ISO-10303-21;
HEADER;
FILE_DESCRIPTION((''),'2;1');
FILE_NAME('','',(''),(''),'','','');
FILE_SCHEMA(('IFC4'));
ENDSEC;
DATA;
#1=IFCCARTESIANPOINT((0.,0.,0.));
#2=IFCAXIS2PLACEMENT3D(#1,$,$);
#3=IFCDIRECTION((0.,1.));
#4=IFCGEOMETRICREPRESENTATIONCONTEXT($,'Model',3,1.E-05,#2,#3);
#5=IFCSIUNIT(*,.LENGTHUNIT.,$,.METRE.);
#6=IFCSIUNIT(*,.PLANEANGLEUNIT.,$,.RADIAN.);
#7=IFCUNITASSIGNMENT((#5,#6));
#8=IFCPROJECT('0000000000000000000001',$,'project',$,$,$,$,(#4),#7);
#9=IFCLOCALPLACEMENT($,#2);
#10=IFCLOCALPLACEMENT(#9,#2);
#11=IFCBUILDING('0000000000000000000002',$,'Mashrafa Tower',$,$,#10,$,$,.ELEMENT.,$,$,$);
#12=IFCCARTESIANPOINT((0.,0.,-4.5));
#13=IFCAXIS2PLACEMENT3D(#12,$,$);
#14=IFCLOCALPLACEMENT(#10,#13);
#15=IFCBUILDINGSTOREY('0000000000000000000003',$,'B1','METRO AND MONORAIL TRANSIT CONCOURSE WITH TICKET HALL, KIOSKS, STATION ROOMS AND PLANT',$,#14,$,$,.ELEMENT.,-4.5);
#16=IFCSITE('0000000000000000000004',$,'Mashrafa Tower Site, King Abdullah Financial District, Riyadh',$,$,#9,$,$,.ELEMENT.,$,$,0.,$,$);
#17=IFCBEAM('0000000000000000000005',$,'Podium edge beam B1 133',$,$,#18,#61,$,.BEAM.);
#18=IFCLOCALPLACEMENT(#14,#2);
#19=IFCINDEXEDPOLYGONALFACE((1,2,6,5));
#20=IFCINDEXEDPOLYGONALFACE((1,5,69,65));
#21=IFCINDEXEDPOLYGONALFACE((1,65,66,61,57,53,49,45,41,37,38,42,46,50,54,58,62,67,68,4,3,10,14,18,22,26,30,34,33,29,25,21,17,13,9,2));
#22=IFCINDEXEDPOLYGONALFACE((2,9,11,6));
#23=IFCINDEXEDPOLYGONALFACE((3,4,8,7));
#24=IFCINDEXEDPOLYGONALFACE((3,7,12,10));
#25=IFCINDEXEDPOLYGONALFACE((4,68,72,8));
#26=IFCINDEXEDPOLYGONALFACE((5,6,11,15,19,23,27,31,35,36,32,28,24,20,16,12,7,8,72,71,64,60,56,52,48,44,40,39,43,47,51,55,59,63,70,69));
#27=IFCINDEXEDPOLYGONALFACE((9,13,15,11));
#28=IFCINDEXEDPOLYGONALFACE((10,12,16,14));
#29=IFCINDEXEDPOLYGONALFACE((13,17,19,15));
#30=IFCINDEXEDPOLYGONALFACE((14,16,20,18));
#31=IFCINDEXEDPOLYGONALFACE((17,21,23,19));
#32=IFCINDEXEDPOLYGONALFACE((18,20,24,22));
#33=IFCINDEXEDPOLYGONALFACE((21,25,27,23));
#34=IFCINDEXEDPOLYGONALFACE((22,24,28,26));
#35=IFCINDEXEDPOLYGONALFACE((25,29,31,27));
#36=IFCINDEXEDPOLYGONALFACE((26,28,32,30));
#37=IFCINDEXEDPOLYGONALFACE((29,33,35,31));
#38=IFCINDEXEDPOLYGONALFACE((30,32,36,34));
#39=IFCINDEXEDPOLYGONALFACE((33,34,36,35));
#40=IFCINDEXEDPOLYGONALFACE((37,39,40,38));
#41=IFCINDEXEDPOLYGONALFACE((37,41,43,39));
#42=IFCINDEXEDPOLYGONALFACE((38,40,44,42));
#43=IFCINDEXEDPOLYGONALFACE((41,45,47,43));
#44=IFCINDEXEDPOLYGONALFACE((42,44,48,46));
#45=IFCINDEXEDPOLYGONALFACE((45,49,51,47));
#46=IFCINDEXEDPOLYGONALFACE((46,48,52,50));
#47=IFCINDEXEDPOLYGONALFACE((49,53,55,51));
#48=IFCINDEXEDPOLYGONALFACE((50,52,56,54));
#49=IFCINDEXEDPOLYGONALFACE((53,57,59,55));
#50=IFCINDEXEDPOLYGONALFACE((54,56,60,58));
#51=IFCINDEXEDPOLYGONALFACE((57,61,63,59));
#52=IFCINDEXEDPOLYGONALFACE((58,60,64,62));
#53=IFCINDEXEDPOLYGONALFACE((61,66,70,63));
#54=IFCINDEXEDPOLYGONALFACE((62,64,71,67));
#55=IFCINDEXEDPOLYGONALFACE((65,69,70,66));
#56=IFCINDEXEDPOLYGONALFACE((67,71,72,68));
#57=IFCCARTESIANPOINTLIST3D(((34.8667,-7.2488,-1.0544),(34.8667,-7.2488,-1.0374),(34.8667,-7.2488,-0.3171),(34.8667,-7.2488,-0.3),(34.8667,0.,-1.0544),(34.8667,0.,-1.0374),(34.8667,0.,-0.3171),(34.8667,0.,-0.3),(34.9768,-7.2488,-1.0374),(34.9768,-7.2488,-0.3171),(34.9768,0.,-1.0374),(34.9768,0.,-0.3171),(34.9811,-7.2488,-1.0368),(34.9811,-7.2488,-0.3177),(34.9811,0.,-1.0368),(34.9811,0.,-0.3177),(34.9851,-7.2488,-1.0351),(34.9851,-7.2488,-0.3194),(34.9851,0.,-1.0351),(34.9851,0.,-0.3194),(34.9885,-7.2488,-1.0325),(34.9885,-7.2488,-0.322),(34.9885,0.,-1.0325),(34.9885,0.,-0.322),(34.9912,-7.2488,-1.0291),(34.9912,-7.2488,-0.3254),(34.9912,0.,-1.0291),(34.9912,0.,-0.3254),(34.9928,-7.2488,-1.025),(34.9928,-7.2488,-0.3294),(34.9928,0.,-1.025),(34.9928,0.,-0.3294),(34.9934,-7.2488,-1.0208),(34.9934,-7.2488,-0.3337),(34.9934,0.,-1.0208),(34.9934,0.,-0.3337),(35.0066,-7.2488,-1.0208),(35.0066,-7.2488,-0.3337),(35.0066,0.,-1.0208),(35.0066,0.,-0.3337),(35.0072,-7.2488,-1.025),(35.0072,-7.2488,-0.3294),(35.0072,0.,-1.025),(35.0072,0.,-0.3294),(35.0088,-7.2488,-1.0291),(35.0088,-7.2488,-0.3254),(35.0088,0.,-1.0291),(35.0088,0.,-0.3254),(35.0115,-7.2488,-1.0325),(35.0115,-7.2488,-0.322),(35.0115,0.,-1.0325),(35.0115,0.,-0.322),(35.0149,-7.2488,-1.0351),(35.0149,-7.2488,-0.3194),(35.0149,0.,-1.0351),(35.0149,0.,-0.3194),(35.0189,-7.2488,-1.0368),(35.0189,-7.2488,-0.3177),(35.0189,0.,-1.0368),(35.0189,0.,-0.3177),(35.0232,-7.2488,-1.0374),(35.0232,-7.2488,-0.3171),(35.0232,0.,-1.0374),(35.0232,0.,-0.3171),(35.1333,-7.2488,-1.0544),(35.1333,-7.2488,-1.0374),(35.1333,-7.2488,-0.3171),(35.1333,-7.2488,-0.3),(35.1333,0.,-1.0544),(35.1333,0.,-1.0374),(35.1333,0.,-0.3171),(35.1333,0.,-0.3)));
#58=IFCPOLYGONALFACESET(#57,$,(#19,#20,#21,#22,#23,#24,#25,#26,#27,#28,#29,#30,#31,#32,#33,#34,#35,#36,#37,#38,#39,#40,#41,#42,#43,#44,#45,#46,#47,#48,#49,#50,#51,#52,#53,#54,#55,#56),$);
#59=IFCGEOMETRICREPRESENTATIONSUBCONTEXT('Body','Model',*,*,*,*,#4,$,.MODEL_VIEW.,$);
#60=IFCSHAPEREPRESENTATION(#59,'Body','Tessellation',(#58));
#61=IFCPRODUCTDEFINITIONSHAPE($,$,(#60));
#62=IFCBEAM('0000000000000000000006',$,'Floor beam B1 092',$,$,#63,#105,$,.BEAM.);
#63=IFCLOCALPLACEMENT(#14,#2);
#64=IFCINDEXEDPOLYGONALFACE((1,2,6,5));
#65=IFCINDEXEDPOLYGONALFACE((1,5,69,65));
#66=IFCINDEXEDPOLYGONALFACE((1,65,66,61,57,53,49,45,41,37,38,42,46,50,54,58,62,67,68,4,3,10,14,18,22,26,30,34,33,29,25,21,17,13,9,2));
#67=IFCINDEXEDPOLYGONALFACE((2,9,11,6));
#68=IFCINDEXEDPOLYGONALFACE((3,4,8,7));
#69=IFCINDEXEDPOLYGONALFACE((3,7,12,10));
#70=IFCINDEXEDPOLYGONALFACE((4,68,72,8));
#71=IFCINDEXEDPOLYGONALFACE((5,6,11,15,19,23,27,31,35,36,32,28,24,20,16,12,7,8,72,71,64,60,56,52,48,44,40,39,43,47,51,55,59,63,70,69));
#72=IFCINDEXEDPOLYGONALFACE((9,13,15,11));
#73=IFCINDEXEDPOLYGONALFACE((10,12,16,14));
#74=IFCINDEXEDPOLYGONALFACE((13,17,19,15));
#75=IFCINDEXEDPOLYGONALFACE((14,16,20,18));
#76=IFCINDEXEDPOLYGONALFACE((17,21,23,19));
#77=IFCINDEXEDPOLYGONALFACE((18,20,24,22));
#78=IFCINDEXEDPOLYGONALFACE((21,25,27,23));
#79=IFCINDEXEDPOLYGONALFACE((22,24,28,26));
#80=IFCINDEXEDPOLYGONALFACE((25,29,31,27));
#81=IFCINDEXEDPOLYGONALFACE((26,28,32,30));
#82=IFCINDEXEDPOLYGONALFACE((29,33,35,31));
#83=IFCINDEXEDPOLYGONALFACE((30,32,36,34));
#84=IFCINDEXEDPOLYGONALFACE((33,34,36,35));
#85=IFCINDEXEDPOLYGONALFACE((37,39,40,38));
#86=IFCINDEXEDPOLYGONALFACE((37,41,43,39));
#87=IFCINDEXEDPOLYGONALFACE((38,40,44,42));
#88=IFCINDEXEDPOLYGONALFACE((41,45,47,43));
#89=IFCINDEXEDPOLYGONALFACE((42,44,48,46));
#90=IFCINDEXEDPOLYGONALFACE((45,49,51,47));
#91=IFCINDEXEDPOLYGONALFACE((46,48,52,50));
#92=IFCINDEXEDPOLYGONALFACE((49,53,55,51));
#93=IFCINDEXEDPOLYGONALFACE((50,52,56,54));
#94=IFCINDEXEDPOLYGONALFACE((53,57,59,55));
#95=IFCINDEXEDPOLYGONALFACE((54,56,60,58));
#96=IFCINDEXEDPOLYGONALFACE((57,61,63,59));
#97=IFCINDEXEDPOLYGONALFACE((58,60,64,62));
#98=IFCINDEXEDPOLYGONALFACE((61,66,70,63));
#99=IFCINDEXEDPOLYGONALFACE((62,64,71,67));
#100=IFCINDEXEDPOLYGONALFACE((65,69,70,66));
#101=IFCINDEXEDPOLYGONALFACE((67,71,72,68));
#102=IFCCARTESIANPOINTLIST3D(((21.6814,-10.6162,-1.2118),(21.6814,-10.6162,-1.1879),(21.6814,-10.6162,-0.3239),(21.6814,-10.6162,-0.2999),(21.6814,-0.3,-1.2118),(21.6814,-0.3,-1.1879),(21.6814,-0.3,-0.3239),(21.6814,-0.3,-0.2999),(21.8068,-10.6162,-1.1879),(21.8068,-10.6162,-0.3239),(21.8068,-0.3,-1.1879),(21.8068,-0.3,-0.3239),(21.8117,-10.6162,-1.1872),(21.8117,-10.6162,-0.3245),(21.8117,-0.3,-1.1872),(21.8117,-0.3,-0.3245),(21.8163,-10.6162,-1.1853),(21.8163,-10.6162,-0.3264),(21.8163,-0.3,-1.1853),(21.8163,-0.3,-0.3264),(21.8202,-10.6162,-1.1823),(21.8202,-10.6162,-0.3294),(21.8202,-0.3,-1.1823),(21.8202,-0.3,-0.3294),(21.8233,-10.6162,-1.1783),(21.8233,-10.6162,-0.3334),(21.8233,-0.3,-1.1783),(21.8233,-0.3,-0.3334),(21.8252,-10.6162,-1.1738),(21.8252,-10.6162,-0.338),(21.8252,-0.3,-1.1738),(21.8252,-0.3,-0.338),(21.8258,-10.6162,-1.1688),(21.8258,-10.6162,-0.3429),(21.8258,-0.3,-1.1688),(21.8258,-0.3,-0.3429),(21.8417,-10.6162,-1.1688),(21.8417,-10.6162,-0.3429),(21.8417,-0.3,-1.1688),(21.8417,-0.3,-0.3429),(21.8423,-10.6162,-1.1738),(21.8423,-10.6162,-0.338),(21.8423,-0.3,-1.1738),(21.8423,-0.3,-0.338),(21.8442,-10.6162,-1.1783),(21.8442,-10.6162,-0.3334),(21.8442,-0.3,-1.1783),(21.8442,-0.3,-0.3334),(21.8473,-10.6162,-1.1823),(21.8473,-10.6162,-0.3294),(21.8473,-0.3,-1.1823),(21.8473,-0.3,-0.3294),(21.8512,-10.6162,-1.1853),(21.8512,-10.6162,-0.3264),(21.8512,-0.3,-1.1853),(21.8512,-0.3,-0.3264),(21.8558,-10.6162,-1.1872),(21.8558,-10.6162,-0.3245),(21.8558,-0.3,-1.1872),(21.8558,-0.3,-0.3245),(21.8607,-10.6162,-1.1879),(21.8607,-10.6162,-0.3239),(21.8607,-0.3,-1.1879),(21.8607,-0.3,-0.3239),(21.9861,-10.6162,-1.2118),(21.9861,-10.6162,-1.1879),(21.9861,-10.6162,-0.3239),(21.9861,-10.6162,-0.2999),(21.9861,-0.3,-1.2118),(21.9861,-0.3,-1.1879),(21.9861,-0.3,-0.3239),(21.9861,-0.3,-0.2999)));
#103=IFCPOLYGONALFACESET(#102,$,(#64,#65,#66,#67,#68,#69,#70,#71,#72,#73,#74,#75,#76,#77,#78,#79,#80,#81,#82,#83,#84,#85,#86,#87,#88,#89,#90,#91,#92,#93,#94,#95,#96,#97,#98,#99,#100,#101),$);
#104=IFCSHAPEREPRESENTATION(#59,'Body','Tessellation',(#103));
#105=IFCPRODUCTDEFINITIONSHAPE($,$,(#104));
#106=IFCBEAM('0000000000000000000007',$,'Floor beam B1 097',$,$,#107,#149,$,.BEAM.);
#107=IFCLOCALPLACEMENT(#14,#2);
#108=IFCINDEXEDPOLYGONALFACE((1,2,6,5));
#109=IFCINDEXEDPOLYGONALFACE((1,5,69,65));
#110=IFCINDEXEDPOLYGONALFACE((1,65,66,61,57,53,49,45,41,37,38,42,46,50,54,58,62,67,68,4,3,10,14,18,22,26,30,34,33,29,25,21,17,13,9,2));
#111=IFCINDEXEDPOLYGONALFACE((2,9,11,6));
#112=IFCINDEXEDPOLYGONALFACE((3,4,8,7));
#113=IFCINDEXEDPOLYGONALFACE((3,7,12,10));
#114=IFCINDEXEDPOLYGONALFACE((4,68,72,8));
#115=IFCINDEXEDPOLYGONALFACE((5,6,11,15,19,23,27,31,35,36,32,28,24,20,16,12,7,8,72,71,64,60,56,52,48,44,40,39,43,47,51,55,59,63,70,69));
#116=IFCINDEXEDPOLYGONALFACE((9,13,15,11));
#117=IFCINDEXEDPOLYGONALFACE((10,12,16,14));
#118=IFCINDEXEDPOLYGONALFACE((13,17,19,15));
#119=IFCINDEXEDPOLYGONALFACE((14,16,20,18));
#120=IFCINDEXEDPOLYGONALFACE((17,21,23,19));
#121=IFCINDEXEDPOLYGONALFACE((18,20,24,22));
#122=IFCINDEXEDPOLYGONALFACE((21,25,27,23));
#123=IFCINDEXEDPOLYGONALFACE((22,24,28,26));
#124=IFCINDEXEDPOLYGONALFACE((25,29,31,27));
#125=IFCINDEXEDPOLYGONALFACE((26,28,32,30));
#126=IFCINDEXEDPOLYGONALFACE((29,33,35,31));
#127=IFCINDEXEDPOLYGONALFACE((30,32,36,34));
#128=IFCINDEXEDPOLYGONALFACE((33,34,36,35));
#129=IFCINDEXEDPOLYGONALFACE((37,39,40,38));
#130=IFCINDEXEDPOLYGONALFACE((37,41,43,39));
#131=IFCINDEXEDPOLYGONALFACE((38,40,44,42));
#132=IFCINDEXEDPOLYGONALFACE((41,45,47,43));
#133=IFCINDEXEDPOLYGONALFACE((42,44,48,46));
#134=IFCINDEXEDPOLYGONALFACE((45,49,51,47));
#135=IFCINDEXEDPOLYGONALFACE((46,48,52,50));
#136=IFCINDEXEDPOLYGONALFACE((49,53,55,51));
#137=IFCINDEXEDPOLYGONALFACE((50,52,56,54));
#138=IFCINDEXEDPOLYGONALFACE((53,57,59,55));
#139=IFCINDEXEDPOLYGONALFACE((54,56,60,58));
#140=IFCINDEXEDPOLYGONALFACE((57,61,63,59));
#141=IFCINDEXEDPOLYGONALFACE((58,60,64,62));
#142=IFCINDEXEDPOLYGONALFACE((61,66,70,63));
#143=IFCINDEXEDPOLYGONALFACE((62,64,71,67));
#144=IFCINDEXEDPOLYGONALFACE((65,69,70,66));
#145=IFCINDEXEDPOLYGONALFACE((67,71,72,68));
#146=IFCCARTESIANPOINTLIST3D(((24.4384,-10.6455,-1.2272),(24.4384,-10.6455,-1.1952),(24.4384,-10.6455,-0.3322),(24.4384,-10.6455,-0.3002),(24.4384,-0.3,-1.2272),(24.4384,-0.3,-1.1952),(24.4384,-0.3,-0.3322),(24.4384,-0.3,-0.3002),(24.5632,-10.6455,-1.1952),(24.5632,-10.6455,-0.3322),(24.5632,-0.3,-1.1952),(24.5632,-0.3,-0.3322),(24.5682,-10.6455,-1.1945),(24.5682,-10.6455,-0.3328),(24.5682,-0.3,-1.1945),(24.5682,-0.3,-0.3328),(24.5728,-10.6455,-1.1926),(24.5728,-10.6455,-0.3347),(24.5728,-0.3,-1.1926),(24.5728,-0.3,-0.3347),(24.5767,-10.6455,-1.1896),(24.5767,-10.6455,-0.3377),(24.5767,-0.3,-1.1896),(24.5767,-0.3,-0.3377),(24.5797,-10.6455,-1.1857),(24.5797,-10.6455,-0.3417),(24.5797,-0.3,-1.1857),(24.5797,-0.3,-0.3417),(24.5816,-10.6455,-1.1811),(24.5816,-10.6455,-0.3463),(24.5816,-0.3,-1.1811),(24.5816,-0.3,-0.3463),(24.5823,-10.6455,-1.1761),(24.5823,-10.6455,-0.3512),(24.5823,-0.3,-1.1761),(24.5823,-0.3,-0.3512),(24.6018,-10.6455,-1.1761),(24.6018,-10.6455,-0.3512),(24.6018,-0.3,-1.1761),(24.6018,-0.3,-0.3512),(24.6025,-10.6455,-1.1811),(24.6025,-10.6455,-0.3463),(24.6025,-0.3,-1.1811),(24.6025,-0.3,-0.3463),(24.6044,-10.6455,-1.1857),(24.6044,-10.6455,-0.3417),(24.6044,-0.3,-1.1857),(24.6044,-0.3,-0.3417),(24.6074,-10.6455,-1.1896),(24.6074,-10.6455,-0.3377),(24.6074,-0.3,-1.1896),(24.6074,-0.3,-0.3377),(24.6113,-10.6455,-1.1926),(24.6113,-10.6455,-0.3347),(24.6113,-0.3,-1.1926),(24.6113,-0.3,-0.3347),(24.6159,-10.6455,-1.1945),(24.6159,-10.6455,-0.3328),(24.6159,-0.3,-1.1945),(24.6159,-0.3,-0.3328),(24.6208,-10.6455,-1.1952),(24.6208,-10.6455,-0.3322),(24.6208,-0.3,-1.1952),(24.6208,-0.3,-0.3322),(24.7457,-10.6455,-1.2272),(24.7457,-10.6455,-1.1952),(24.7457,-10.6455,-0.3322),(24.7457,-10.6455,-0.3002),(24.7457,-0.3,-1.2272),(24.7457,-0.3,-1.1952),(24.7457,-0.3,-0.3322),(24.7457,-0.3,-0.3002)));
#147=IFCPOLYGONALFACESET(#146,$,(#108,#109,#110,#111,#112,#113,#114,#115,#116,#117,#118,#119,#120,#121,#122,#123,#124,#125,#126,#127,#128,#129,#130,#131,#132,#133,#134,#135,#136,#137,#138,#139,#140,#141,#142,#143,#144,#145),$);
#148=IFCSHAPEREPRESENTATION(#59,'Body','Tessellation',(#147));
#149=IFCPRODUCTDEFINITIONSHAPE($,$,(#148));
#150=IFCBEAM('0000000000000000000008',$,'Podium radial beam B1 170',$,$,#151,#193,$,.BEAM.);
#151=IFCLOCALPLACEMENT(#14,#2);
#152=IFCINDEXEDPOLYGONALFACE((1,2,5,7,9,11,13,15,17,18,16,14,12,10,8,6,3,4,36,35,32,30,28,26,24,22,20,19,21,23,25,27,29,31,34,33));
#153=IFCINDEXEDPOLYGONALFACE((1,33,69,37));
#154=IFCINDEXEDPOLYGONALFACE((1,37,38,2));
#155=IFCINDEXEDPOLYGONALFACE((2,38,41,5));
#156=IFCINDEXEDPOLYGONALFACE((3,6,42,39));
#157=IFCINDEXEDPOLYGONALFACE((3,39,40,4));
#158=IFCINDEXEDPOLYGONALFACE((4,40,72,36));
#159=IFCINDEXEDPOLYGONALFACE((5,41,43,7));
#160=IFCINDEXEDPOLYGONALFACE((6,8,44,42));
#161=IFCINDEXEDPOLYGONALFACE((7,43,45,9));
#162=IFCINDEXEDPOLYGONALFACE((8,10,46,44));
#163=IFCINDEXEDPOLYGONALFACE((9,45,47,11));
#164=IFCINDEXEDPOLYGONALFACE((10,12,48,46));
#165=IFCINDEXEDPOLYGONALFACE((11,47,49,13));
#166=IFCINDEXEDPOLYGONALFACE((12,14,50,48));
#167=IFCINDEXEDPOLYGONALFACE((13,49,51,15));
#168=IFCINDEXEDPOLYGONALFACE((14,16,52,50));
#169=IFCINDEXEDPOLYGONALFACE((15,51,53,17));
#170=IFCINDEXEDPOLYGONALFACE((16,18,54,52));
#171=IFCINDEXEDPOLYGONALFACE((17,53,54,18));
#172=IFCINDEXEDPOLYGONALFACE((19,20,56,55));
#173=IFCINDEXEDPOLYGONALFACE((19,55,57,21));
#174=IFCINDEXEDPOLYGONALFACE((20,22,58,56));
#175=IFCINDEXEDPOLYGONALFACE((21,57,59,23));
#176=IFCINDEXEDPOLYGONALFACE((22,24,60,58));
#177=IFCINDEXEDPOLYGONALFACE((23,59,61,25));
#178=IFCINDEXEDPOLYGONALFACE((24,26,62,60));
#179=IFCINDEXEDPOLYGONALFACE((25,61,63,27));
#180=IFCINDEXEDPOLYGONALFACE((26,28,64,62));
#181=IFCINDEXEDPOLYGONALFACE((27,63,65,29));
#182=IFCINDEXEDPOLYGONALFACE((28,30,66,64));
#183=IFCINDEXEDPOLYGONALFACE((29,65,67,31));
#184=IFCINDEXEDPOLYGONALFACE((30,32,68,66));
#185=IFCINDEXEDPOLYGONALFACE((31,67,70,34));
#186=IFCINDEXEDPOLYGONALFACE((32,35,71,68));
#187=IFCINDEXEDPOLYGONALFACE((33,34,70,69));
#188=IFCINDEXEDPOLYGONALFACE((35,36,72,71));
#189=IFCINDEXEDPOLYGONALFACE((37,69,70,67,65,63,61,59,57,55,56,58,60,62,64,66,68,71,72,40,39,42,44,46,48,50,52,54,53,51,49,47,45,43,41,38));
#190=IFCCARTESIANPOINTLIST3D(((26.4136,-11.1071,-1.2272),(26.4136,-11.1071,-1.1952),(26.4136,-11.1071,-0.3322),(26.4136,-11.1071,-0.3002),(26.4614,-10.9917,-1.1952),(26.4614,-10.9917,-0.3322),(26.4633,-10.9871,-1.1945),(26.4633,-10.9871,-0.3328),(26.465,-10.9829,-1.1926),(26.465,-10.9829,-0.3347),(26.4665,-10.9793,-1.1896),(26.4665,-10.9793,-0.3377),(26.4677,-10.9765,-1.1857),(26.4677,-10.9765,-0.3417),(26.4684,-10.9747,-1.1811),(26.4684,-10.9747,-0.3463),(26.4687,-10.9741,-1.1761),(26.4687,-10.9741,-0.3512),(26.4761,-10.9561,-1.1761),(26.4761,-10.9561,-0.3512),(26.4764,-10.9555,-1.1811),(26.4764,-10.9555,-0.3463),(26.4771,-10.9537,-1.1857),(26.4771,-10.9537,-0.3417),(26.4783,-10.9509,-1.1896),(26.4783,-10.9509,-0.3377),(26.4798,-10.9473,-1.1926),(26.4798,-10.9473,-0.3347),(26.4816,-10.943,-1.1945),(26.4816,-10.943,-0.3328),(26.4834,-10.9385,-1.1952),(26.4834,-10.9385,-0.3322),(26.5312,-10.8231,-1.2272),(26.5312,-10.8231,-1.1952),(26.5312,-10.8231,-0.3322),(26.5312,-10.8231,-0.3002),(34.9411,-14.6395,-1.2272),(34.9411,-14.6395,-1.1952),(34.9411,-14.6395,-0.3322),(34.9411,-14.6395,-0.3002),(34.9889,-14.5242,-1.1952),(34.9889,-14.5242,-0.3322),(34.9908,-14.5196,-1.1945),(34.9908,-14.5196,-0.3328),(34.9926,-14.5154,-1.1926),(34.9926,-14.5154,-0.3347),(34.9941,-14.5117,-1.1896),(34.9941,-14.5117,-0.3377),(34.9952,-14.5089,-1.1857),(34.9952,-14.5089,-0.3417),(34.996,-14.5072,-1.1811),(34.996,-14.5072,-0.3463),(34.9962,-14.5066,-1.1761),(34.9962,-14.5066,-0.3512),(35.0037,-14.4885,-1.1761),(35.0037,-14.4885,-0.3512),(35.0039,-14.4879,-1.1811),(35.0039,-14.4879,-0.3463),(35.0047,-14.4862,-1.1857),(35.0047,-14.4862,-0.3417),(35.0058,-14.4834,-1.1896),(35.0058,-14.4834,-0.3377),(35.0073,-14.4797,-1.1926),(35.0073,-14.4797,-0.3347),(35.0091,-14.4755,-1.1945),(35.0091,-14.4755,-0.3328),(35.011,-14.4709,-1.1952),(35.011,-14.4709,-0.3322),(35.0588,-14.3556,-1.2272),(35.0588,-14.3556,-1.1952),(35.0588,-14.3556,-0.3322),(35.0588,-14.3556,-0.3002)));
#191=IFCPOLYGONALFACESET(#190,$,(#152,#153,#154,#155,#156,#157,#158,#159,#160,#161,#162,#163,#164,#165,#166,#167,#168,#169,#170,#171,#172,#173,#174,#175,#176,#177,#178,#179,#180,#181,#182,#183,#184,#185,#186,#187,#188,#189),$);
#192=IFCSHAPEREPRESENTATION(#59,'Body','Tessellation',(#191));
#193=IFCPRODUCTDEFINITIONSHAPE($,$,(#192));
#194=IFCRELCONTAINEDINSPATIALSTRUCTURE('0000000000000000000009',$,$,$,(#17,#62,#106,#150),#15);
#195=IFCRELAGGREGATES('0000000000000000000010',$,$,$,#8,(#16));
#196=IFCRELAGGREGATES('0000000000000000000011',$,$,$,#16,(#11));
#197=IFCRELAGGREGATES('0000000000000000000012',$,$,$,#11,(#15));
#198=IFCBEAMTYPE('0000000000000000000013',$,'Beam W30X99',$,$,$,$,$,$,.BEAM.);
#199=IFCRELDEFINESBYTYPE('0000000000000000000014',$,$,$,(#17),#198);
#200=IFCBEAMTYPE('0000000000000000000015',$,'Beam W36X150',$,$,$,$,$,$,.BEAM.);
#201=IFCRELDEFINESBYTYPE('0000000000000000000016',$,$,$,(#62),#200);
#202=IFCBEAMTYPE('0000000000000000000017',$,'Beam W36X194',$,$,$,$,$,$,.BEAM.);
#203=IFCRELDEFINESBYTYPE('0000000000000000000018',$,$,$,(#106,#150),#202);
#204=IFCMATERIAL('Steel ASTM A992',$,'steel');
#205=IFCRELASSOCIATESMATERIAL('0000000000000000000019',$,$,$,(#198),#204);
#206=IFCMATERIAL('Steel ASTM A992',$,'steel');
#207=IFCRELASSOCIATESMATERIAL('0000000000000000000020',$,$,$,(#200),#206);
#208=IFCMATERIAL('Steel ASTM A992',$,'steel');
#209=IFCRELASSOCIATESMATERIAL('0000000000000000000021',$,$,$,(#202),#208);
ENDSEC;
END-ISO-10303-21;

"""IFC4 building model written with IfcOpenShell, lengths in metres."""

from ifc_helpers import new_model, si_unit, direction, frame, origin, origin_2d, place, context, subcontext, project, spatial, i_section, extrude, material, material_profile, profile_set, type_object, element, save


model = new_model("IFC4")

# Units and contexts
model_context = context("Model", 3, precision=1e-05, world=origin(), true_north=direction((0.0, 1.0)))
body_context = subcontext(model_context, "Body", "Model", "MODEL_VIEW")
ifc_project = project(units=[si_unit("LENGTHUNIT", "METRE"), si_unit("PLANEANGLEUNIT", "RADIAN")], contexts=[model_context])

# Site, building, storey
site_placement = place(None, origin())
site = spatial("IfcSite", under=ifc_project, at=site_placement, Name="Mashrafa Tower Site, King Abdullah Financial District, Riyadh", CompositionType="ELEMENT", RefElevation=0.0)
building_placement = place(site_placement, origin())
building = spatial("IfcBuilding", under=site, at=building_placement, Name="Mashrafa Tower", CompositionType="ELEMENT")
storey_placement = place(building_placement, frame((0.0, 0.0, -4.5)))
storey = spatial("IfcBuildingStorey", under=building, at=storey_placement, Name="B1", Description="METRO AND MONORAIL TRANSIT CONCOURSE WITH TICKET HALL, KIOSKS, STATION ROOMS AND PLANT", CompositionType="ELEMENT", Elevation=-4.5)

# Beams
ifc_material_1 = material(Name="Steel ASTM A992", Category="steel")
ifc_material_profile_1 = material_profile(ifc_material_1, i_section(OverallWidth=0.2666, OverallDepth=0.7544, WebThickness=0.0132, FlangeThickness=0.0171, FilletRadius=0.0166, at=origin_2d()), Name="W30X99")
ifc_profile_set_1 = profile_set([ifc_material_profile_1], Name="Steel ASTM A992")
beam_type_1 = type_object("IfcBeamType", Name="Beam W30X99", PredefinedType="BEAM", material=ifc_profile_set_1)
beam_1_placement = place(storey_placement, frame((35.0, -7.2488, -0.6772), z_axis=(0.0, 1.0, 0.0), x_axis=(-1.0, 0.0, 0.0)))
element("IfcBeam", 1, at=beam_1_placement, inside=storey, type_object=beam_type_1, Name="Podium edge beam B1 133", PredefinedType="BEAM", context=body_context, shape_type="SweptSolid", body=[
    extrude(i_section(OverallWidth=0.2666, OverallDepth=0.7544, WebThickness=0.0132, FlangeThickness=0.0171, FilletRadius=0.0166, at=origin_2d()), origin(), (0.0, 0.0, 1.0), 7.2488),
])
ifc_material_2 = material(Name="Steel ASTM A992", Category="steel")
ifc_material_profile_2 = material_profile(ifc_material_2, i_section(OverallWidth=0.3047, OverallDepth=0.9119, WebThickness=0.0159, FlangeThickness=0.0239, FilletRadius=0.019, at=origin_2d()), Name="W36X150")
ifc_profile_set_2 = profile_set([ifc_material_profile_2], Name="Steel ASTM A992")
beam_type_2 = type_object("IfcBeamType", Name="Beam W36X150", PredefinedType="BEAM", material=ifc_profile_set_2)
beam_2_placement = place(storey_placement, frame((21.8337, -0.3, -0.7559), z_axis=(0.0, -1.0, 0.0), x_axis=(1.0, 0.0, 0.0)))
element("IfcBeam", 2, at=beam_2_placement, inside=storey, type_object=beam_type_2, Name="Floor beam B1 092", PredefinedType="BEAM", context=body_context, shape_type="SweptSolid", body=[
    extrude(i_section(OverallWidth=0.3047, OverallDepth=0.9119, WebThickness=0.0159, FlangeThickness=0.0239, FilletRadius=0.019, at=origin_2d()), origin(), (0.0, 0.0, 1.0), 10.3162),
])
ifc_material_3 = material(Name="Steel ASTM A992", Category="steel")
ifc_material_profile_3 = material_profile(ifc_material_3, i_section(OverallWidth=0.3074, OverallDepth=0.927, WebThickness=0.0195, FlangeThickness=0.032, FilletRadius=0.019, at=origin_2d()), Name="W36X194")
ifc_profile_set_3 = profile_set([ifc_material_profile_3], Name="Steel ASTM A992")
beam_type_3 = type_object("IfcBeamType", Name="Beam W36X194", PredefinedType="BEAM", material=ifc_profile_set_3)
beam_3_placement = place(storey_placement, frame((24.592, -0.3, -0.7637), z_axis=(0.0, -1.0, 0.0), x_axis=(1.0, 0.0, 0.0)))
element("IfcBeam", 3, at=beam_3_placement, inside=storey, type_object=beam_type_3, Name="Floor beam B1 097", PredefinedType="BEAM", context=body_context, shape_type="SweptSolid", body=[
    extrude(i_section(OverallWidth=0.3074, OverallDepth=0.927, WebThickness=0.0195, FlangeThickness=0.032, FilletRadius=0.019, at=origin_2d()), origin(), (0.0, 0.0, 1.0), 10.3455),
])
beam_4_placement = place(storey_placement, frame((26.4724, -10.9651, -0.7637), z_axis=(0.923871, -0.382705, 0.0), x_axis=(0.382705, 0.923871, 0.0)))
element("IfcBeam", 4, at=beam_4_placement, inside=storey, type_object=beam_type_3, Name="Podium radial beam B1 170", PredefinedType="BEAM", context=body_context, shape_type="SweptSolid", body=[
    extrude(i_section(OverallWidth=0.3074, OverallDepth=0.927, WebThickness=0.0195, FlangeThickness=0.032, FilletRadius=0.019, at=origin_2d()), origin(), (0.0, 0.0, 1.0), 9.2302),
])

save(model, "model.ifc")
